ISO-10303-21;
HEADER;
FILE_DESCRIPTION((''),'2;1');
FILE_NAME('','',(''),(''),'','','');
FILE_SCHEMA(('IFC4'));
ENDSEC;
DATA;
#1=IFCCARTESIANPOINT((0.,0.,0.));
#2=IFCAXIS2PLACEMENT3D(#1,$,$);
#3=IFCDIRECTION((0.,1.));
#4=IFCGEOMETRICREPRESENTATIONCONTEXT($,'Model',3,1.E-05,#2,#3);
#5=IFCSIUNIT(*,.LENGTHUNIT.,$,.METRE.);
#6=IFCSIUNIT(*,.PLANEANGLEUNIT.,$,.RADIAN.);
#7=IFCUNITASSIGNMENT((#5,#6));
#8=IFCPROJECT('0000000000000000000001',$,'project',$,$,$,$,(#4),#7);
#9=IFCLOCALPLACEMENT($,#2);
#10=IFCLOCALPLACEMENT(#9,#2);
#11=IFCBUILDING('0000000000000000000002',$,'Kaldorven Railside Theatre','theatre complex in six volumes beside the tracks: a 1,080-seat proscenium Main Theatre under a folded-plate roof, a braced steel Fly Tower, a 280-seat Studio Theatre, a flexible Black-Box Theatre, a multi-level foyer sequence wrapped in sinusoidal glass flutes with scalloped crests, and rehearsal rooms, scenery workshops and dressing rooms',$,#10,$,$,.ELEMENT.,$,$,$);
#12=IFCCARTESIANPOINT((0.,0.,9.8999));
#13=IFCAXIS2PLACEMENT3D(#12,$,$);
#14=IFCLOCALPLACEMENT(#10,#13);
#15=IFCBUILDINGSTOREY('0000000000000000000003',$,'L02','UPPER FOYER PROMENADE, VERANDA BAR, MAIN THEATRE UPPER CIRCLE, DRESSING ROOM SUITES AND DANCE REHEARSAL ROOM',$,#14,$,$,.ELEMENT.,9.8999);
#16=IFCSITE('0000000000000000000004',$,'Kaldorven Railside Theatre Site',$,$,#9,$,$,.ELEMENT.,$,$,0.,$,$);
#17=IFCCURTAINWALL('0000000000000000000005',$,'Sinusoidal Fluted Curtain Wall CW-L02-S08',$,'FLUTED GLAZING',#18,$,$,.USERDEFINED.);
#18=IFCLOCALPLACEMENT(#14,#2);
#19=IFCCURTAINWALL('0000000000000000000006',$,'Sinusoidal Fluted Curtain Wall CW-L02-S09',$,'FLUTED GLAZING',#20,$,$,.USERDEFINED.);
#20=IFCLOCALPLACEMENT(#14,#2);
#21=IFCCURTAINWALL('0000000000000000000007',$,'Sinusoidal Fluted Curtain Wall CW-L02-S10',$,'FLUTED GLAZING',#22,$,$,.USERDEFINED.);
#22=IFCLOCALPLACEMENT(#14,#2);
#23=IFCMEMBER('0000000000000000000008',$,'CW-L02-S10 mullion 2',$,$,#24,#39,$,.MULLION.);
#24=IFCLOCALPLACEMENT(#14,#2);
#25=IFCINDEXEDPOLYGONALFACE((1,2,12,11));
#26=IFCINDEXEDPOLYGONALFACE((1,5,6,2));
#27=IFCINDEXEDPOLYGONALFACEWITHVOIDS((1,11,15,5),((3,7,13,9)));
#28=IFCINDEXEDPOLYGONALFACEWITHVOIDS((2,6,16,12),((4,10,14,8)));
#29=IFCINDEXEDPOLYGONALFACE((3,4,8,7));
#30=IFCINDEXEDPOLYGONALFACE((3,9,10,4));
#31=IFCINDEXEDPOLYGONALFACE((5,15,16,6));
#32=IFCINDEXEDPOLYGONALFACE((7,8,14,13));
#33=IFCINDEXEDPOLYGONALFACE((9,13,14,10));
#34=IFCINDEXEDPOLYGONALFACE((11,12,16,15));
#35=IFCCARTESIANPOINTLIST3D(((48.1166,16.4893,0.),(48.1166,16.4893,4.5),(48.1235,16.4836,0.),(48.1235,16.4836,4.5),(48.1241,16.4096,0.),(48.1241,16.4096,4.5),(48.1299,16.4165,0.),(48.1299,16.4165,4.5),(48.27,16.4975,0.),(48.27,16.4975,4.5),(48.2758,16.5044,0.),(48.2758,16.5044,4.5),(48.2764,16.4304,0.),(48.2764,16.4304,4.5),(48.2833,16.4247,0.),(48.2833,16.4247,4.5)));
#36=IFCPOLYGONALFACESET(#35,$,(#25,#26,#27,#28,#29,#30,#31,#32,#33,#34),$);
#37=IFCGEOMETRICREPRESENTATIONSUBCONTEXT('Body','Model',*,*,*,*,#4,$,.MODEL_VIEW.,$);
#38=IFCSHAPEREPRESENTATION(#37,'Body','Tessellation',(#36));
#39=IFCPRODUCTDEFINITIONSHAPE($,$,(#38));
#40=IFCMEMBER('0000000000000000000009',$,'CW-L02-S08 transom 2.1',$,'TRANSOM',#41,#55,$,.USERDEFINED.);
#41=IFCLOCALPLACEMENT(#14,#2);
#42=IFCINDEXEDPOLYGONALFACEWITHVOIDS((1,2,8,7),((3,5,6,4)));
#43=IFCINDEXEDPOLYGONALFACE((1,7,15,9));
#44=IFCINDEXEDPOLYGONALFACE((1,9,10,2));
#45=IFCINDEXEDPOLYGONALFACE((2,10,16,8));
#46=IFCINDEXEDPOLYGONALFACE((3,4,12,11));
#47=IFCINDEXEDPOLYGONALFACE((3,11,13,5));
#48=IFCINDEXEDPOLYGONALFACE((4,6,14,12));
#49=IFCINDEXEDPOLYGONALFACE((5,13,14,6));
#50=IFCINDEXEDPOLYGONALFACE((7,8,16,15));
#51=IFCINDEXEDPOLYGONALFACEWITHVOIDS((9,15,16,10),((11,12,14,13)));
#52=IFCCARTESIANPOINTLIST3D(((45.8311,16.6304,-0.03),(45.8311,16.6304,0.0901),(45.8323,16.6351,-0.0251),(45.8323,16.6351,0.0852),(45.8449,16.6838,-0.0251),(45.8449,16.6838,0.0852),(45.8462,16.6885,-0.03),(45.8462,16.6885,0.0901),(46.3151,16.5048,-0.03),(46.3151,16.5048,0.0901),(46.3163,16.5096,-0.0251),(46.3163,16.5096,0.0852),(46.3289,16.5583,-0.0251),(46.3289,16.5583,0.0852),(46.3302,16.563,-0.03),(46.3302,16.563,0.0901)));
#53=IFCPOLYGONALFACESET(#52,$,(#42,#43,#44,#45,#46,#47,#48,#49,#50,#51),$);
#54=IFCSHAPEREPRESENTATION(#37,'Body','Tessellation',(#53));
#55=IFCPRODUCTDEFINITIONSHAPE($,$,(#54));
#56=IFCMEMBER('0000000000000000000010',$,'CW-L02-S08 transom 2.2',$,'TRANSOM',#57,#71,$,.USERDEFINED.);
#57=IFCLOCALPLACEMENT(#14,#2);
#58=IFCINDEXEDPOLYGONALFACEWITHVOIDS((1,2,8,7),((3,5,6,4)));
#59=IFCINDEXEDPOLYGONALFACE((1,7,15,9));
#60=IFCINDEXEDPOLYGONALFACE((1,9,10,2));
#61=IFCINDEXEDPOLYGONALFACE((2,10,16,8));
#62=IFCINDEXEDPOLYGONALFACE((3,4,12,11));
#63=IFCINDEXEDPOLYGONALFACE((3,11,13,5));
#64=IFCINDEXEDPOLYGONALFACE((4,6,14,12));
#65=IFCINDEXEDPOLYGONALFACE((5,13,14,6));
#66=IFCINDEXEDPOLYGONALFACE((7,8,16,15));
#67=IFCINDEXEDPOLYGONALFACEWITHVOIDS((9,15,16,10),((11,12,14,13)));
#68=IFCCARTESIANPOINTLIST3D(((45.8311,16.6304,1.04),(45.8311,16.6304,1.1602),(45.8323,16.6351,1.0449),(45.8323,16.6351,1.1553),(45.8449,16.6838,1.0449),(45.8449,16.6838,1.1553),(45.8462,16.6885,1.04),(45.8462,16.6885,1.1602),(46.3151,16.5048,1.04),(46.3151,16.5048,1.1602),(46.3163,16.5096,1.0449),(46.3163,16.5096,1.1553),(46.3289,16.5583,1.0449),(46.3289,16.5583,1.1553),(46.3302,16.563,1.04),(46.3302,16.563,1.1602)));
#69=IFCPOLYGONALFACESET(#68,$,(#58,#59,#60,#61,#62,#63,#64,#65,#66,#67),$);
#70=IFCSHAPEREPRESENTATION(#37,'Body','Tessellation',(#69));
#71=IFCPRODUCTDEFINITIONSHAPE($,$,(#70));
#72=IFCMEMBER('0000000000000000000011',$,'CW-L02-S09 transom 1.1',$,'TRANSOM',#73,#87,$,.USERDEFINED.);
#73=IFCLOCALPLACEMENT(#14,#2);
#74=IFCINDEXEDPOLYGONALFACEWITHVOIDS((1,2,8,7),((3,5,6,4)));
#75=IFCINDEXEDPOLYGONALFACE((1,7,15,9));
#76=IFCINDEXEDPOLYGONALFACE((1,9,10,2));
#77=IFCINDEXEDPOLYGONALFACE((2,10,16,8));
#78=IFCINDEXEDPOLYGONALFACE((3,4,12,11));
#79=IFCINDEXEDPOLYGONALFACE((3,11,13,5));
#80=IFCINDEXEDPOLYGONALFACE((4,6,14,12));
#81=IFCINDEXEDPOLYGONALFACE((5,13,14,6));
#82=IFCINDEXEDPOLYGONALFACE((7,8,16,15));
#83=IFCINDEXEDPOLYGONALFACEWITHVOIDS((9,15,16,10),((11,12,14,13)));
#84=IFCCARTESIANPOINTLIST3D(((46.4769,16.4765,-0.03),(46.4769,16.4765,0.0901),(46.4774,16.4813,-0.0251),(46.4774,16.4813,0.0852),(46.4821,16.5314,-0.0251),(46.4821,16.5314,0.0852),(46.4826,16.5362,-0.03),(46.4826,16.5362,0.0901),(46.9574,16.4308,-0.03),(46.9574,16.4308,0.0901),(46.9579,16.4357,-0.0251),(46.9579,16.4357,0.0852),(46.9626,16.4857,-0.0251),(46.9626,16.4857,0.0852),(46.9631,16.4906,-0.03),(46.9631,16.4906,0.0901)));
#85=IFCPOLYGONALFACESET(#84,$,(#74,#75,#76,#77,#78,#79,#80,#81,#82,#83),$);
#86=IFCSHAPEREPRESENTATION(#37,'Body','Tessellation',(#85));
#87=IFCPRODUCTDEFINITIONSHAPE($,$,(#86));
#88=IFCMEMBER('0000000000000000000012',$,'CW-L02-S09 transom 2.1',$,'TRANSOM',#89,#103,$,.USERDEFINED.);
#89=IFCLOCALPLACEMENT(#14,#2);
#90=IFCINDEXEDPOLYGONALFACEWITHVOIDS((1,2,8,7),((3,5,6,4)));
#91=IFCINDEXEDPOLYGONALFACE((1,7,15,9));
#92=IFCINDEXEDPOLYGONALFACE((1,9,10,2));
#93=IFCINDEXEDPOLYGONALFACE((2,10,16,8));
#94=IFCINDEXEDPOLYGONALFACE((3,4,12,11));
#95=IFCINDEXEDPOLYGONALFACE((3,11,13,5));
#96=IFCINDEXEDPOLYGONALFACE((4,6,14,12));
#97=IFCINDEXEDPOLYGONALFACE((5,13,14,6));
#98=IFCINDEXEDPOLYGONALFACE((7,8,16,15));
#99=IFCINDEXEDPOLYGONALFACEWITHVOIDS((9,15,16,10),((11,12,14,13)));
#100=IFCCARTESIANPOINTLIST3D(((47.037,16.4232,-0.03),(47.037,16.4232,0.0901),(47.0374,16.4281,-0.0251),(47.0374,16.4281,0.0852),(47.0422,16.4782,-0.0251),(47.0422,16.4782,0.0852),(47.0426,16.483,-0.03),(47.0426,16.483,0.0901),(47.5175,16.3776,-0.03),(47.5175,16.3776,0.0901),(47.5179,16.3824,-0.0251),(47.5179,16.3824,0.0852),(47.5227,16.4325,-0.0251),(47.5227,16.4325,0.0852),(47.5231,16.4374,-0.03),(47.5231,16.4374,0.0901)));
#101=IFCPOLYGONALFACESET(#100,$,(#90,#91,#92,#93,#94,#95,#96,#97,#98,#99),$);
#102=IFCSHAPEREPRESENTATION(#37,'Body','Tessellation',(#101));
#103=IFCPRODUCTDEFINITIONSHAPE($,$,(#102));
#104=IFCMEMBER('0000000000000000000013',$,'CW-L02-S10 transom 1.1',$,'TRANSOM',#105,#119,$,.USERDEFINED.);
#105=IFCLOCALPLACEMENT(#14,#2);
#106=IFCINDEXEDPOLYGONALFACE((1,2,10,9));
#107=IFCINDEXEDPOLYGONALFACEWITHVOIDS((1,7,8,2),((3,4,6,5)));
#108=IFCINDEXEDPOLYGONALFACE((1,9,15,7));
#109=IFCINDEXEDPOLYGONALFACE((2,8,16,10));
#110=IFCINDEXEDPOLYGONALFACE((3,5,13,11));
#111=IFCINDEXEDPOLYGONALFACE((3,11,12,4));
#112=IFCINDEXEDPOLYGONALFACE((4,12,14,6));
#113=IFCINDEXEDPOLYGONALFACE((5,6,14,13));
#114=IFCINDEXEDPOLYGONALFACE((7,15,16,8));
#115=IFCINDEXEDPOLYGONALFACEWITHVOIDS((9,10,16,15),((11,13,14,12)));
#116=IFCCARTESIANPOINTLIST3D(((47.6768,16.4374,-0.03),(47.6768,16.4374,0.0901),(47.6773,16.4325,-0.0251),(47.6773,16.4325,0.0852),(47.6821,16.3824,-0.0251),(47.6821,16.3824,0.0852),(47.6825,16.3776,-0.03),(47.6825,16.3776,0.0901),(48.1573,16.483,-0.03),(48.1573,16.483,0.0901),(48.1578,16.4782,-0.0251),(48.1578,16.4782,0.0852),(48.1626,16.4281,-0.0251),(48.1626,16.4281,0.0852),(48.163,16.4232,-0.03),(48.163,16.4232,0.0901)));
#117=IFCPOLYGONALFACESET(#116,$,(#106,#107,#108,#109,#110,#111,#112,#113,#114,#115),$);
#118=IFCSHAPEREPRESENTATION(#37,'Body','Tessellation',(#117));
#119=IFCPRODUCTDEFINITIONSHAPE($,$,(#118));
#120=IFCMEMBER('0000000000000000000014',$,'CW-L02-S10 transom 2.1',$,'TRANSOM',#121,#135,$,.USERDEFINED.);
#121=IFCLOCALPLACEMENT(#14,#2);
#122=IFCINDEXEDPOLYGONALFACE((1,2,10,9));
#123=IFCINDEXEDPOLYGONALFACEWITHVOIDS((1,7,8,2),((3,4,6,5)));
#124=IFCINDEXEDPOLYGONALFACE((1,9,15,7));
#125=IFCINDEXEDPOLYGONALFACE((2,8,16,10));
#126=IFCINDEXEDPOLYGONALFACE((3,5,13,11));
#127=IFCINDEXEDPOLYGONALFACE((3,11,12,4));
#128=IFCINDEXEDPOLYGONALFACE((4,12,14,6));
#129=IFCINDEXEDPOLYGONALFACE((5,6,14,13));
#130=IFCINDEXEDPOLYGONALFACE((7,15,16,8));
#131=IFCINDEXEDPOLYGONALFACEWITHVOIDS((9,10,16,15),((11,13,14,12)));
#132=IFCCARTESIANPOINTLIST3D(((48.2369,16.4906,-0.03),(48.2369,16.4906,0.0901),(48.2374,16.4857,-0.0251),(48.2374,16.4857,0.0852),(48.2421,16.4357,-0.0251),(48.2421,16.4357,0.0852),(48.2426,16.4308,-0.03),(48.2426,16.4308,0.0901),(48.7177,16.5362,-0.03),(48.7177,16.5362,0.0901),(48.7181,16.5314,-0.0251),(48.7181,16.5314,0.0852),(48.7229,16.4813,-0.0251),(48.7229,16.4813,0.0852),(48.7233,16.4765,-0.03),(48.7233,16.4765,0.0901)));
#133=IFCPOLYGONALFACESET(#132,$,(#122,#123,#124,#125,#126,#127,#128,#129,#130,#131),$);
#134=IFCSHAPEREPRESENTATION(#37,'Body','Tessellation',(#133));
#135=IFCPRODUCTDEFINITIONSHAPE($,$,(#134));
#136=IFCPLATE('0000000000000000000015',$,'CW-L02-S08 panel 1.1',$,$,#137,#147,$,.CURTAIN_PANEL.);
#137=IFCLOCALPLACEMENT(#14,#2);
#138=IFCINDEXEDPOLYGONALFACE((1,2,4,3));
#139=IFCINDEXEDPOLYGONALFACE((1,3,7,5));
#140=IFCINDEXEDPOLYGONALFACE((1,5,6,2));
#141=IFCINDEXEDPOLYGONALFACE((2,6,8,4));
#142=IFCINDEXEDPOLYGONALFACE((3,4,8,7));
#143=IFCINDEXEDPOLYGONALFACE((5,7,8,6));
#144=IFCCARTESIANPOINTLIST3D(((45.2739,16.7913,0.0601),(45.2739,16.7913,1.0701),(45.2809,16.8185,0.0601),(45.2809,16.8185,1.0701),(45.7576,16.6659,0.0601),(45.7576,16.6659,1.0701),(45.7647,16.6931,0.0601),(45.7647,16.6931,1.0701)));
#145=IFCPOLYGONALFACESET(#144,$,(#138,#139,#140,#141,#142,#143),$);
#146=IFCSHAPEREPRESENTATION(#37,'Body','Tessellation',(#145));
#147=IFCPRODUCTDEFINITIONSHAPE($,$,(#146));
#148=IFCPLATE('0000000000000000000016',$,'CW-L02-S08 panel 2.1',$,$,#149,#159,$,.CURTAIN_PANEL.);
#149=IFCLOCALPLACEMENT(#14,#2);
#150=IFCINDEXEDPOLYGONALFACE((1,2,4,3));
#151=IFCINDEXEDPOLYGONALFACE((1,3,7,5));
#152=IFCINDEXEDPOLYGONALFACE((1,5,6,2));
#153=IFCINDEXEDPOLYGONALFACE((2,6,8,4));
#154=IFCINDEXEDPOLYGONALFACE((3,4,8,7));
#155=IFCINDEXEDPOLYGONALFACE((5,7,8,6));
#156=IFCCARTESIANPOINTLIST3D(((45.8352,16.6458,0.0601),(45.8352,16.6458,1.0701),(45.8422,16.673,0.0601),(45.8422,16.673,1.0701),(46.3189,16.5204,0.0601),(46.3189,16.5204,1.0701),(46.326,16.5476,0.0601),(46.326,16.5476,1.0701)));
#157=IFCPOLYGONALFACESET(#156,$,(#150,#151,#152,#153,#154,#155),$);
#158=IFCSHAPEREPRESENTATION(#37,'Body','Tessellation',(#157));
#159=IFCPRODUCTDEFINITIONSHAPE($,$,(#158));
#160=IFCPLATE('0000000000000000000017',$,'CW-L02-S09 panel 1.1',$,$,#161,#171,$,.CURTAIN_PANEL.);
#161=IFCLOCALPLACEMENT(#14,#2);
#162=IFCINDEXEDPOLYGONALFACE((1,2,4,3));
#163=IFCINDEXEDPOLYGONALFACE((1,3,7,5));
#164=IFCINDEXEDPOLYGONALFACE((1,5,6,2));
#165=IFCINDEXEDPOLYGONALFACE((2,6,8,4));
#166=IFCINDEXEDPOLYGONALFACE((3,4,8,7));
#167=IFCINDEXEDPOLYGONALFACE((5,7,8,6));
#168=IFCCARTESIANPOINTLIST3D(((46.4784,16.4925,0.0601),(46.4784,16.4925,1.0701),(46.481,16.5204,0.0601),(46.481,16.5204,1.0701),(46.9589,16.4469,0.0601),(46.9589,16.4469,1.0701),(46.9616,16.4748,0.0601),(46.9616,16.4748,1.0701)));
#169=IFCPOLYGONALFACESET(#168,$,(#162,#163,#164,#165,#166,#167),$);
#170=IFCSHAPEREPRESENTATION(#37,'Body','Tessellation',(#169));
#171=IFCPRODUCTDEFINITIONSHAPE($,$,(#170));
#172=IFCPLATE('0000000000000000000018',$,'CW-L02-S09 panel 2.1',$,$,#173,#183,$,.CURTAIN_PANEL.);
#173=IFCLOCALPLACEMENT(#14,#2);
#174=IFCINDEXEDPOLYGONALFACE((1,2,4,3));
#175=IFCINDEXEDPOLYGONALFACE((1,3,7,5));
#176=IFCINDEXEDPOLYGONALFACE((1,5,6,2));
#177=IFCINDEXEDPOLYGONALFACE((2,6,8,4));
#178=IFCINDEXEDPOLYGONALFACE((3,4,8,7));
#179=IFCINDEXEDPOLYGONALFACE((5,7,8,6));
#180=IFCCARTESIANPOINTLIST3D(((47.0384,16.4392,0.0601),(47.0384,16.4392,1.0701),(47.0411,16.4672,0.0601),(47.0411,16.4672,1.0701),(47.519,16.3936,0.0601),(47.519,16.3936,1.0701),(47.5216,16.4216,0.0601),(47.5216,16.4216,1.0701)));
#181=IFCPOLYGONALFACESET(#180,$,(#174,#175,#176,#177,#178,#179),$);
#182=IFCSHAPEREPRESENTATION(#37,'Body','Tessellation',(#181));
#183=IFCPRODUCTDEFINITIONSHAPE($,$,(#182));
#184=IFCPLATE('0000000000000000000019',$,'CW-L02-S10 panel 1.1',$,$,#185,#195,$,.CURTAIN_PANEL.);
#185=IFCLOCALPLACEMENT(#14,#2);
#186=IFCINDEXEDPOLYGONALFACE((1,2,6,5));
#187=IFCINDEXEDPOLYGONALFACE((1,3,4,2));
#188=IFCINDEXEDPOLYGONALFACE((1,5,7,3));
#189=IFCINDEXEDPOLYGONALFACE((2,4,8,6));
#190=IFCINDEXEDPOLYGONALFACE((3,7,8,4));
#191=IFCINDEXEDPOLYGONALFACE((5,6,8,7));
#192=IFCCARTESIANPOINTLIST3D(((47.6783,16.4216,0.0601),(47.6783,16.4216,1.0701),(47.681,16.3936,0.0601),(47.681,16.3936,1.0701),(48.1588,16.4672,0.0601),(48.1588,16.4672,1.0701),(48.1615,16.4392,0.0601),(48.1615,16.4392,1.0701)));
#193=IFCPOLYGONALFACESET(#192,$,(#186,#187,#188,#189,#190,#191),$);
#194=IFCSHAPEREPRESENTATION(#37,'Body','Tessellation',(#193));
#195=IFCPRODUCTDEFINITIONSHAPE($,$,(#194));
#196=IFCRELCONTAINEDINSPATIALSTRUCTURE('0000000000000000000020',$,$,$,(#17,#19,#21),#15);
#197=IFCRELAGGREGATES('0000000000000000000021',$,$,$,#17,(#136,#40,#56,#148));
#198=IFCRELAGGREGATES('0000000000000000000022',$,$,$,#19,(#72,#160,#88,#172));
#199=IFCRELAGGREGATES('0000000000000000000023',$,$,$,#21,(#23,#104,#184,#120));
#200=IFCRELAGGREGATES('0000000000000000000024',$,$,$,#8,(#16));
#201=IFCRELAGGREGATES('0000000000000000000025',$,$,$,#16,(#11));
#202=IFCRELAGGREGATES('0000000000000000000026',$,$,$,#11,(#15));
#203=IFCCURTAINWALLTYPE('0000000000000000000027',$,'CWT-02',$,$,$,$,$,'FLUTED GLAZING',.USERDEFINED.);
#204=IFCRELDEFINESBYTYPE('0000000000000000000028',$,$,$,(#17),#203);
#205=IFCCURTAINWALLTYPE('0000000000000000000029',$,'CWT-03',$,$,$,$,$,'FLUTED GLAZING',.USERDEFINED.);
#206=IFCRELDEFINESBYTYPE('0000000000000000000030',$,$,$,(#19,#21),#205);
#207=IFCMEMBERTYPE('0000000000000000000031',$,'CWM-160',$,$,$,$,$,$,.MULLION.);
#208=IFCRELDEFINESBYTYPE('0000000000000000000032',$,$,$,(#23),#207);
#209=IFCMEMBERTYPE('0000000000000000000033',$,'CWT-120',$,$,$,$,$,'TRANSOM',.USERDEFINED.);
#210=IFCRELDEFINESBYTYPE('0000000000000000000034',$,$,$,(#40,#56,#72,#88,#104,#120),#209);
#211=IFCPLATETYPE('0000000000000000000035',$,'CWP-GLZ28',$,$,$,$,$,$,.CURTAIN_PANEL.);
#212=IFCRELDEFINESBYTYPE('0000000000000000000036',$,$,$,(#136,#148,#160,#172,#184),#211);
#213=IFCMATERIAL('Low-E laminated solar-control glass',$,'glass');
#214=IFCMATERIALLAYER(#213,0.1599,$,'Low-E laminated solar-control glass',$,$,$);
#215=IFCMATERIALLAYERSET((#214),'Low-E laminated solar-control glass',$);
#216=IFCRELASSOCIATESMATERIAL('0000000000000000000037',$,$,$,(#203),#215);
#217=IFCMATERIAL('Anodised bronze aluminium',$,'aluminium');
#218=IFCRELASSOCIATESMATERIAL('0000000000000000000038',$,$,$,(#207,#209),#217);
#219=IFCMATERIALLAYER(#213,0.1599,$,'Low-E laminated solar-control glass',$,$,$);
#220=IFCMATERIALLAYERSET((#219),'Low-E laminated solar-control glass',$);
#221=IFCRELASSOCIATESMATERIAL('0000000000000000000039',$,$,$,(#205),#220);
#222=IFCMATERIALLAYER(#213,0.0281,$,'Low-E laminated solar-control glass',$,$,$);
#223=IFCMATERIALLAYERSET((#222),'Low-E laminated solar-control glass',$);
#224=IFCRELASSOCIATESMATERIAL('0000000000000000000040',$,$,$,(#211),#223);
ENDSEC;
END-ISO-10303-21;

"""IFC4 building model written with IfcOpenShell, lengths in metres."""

from ifc_helpers import new_model, si_unit, direction, frame, origin, origin_2d, place, context, subcontext, project, spatial, rectangle, hollow_rectangle, extrude, material, layer, layer_set, material_profile, profile_set, type_object, element, aggregate, save


model = new_model("IFC4")

# Units and contexts
model_context = context("Model", 3, precision=1e-05, world=origin(), true_north=direction((0.0, 1.0)))
body_context = subcontext(model_context, "Body", "Model", "MODEL_VIEW")
ifc_project = project(units=[si_unit("LENGTHUNIT", "METRE"), si_unit("PLANEANGLEUNIT", "RADIAN")], contexts=[model_context])

# Site, building, storey
site_placement = place(None, origin())
site = spatial("IfcSite", under=ifc_project, at=site_placement, Name="Kaldorven Railside Theatre Site", CompositionType="ELEMENT", RefElevation=0.0)
building_placement = place(site_placement, origin())
building = spatial("IfcBuilding", under=site, at=building_placement, Name="Kaldorven Railside Theatre", Description="theatre complex in six volumes beside the tracks: a 1,080-seat proscenium Main Theatre under a folded-plate roof, a braced steel Fly Tower, a 280-seat Studio Theatre, a flexible Black-Box Theatre, a multi-level foyer sequence wrapped in sinusoidal glass flutes with scalloped crests, and rehearsal rooms, scenery workshops and dressing rooms", CompositionType="ELEMENT")
storey_placement = place(building_placement, frame((0.0, 0.0, 9.8999)))
storey = spatial("IfcBuildingStorey", under=building, at=storey_placement, Name="L02", Description="UPPER FOYER PROMENADE, VERANDA BAR, MAIN THEATRE UPPER CIRCLE, DRESSING ROOM SUITES AND DANCE REHEARSAL ROOM", CompositionType="ELEMENT", Elevation=9.8999)

# Curtain walls, member
ifc_material_1 = material(Name="Low-E laminated solar-control glass", Category="glass")
ifc_layer_1 = layer(ifc_material_1, 0.1599, Name="Low-E laminated solar-control glass")
ifc_layer_set_1 = layer_set([ifc_layer_1], Name="Low-E laminated solar-control glass")
curtain_wall_type_1 = type_object("IfcCurtainWallType", Name="CWT-02", ElementType="FLUTED GLAZING", PredefinedType="USERDEFINED", material=ifc_layer_set_1)
curtain_wall_1_placement = place(storey_placement, origin())
curtain_wall_1 = element("IfcCurtainWall", 1, at=curtain_wall_1_placement, inside=storey, type_object=curtain_wall_type_1, Name="Sinusoidal Fluted Curtain Wall CW-L02-S08", ObjectType="FLUTED GLAZING", PredefinedType="USERDEFINED")
ifc_material_2 = material(Name="Anodised bronze aluminium", Category="aluminium")
ifc_material_profile_1 = material_profile(ifc_material_2, hollow_rectangle(XDim=0.0801, YDim=0.1599, WallThickness=0.0063, at=origin_2d()), Name="RHS 160x80x6.3")
ifc_profile_set_1 = profile_set([ifc_material_profile_1], Name="Anodised bronze aluminium")
member_type_1 = type_object("IfcMemberType", Name="CWM-160", PredefinedType="MULLION", material=ifc_profile_set_1)
ifc_layer_2 = layer(ifc_material_1, 0.1599, Name="Low-E laminated solar-control glass")
ifc_layer_set_2 = layer_set([ifc_layer_2], Name="Low-E laminated solar-control glass")
curtain_wall_type_2 = type_object("IfcCurtainWallType", Name="CWT-03", ElementType="FLUTED GLAZING", PredefinedType="USERDEFINED", material=ifc_layer_set_2)
curtain_wall_2_placement = place(storey_placement, origin())
curtain_wall_2 = element("IfcCurtainWall", 2, at=curtain_wall_2_placement, inside=storey, type_object=curtain_wall_type_2, Name="Sinusoidal Fluted Curtain Wall CW-L02-S09", ObjectType="FLUTED GLAZING", PredefinedType="USERDEFINED")
curtain_wall_3_placement = place(storey_placement, origin())
curtain_wall_3 = element("IfcCurtainWall", 3, at=curtain_wall_3_placement, inside=storey, type_object=curtain_wall_type_2, Name="Sinusoidal Fluted Curtain Wall CW-L02-S10", ObjectType="FLUTED GLAZING", PredefinedType="USERDEFINED")
member_1_placement = place(storey_placement, frame((48.2, 16.457, 0.0), z_axis=(0.0, 0.0, 1.0), x_axis=(-0.094492, 0.995526, 0.0)))
member_1 = element("IfcMember", 4, at=member_1_placement, type_object=member_type_1, Name="CW-L02-S10 mullion 2", PredefinedType="MULLION", context=body_context, shape_type="SweptSolid", body=[
    extrude(hollow_rectangle(XDim=0.0801, YDim=0.1599, WallThickness=0.0063, at=origin_2d()), origin(), (0.0, 0.0, 1.0), 4.5),
])

# Members
ifc_material_profile_2 = material_profile(ifc_material_2, hollow_rectangle(XDim=0.0601, YDim=0.1201, WallThickness=0.0049, at=origin_2d()), Name="RHS 120x60x5")
ifc_profile_set_2 = profile_set([ifc_material_profile_2], Name="Anodised bronze aluminium")
member_type_2 = type_object("IfcMemberType", Name="CWT-120", ElementType="TRANSOM", PredefinedType="USERDEFINED", material=ifc_profile_set_2)
member_2_placement = place(storey_placement, frame((45.8386, 16.6594, 0.03), z_axis=(0.967979, -0.25103, 0.0), x_axis=(0.25103, 0.967979, 0.0)))
member_2 = element("IfcMember", 5, at=member_2_placement, type_object=member_type_2, Name="CW-L02-S08 transom 2.1", ObjectType="TRANSOM", PredefinedType="USERDEFINED", context=body_context, shape_type="SweptSolid", body=[
    extrude(hollow_rectangle(XDim=0.0601, YDim=0.1201, WallThickness=0.0049, at=origin_2d()), origin(), (0.0, 0.0, 1.0), 0.5),
])
member_3_placement = place(storey_placement, frame((45.8386, 16.6594, 1.1001), z_axis=(0.967979, -0.25103, 0.0), x_axis=(0.25103, 0.967979, 0.0)))
member_3 = element("IfcMember", 6, at=member_3_placement, type_object=member_type_2, Name="CW-L02-S08 transom 2.2", ObjectType="TRANSOM", PredefinedType="USERDEFINED", context=body_context, shape_type="SweptSolid", body=[
    extrude(hollow_rectangle(XDim=0.0601, YDim=0.1201, WallThickness=0.0049, at=origin_2d()), origin(), (0.0, 0.0, 1.0), 0.5),
])
member_4_placement = place(storey_placement, frame((46.4797, 16.5063, 0.03), z_axis=(0.995516, -0.094594, 0.0), x_axis=(0.094594, 0.995516, 0.0)))
member_4 = element("IfcMember", 7, at=member_4_placement, type_object=member_type_2, Name="CW-L02-S09 transom 1.1", ObjectType="TRANSOM", PredefinedType="USERDEFINED", context=body_context, shape_type="SweptSolid", body=[
    extrude(hollow_rectangle(XDim=0.0601, YDim=0.1201, WallThickness=0.0049, at=origin_2d()), origin(), (0.0, 0.0, 1.0), 0.4827),
])
member_5_placement = place(storey_placement, frame((47.0398, 16.4531, 0.03), z_axis=(0.995516, -0.094594, 0.0), x_axis=(0.094594, 0.995516, 0.0)))
member_5 = element("IfcMember", 8, at=member_5_placement, type_object=member_type_2, Name="CW-L02-S09 transom 2.1", ObjectType="TRANSOM", PredefinedType="USERDEFINED", context=body_context, shape_type="SweptSolid", body=[
    extrude(hollow_rectangle(XDim=0.0601, YDim=0.1201, WallThickness=0.0049, at=origin_2d()), origin(), (0.0, 0.0, 1.0), 0.4827),
])
member_6_placement = place(storey_placement, frame((47.6797, 16.4075, 0.03), z_axis=(0.995516, 0.094594, 0.0), x_axis=(-0.094594, 0.995516, 0.0)))
member_6 = element("IfcMember", 9, at=member_6_placement, type_object=member_type_2, Name="CW-L02-S10 transom 1.1", ObjectType="TRANSOM", PredefinedType="USERDEFINED", context=body_context, shape_type="SweptSolid", body=[
    extrude(hollow_rectangle(XDim=0.0601, YDim=0.1201, WallThickness=0.0049, at=origin_2d()), origin(), (0.0, 0.0, 1.0), 0.4827),
])
member_7_placement = place(storey_placement, frame((48.2397, 16.4607, 0.03), z_axis=(0.99552, 0.094547, 0.0), x_axis=(-0.094547, 0.99552, 0.0)))
member_7 = element("IfcMember", 10, at=member_7_placement, type_object=member_type_2, Name="CW-L02-S10 transom 2.1", ObjectType="TRANSOM", PredefinedType="USERDEFINED", context=body_context, shape_type="SweptSolid", body=[
    extrude(hollow_rectangle(XDim=0.0601, YDim=0.1201, WallThickness=0.0049, at=origin_2d()), origin(), (0.0, 0.0, 1.0), 0.4829),
])

# Plates
ifc_layer_3 = layer(ifc_material_1, 0.0281, Name="Low-E laminated solar-control glass")
ifc_layer_set_3 = layer_set([ifc_layer_3], Name="Low-E laminated solar-control glass")
plate_type = type_object("IfcPlateType", Name="CWP-GLZ28", PredefinedType="CURTAIN_PANEL", material=ifc_layer_set_3)
plate_1_placement = place(storey_placement, frame((45.5193, 16.7422, 0.0601), z_axis=(0.0, 0.0, 1.0), x_axis=(0.967999, -0.250954, 0.0)))
plate_1 = element("IfcPlate", 11, at=plate_1_placement, type_object=plate_type, Name="CW-L02-S08 panel 1.1", PredefinedType="CURTAIN_PANEL", context=body_context, shape_type="SweptSolid", body=[
    extrude(rectangle(XDim=0.4998, YDim=0.0281, at=origin_2d()), origin(), (0.0, 0.0, 1.0), 1.01),
])
plate_2_placement = place(storey_placement, frame((46.0806, 16.5967, 0.0601), z_axis=(0.0, 0.0, 1.0), x_axis=(0.967999, -0.250954, 0.0)))
plate_2 = element("IfcPlate", 12, at=plate_2_placement, type_object=plate_type, Name="CW-L02-S08 panel 2.1", PredefinedType="CURTAIN_PANEL", context=body_context, shape_type="SweptSolid", body=[
    extrude(rectangle(XDim=0.4998, YDim=0.0281, at=origin_2d()), origin(), (0.0, 0.0, 1.0), 1.01),
])
aggregate(curtain_wall_1, [plate_1, member_2, member_3, plate_2])
plate_3_placement = place(storey_placement, frame((46.72, 16.4836, 0.0601), z_axis=(0.0, 0.0, 1.0), x_axis=(0.995526, -0.094492, 0.0)))
plate_3 = element("IfcPlate", 13, at=plate_3_placement, type_object=plate_type, Name="CW-L02-S09 panel 1.1", PredefinedType="CURTAIN_PANEL", context=body_context, shape_type="SweptSolid", body=[
    extrude(rectangle(XDim=0.4827, YDim=0.0281, at=origin_2d()), origin(), (0.0, 0.0, 1.0), 1.01),
])
plate_4_placement = place(storey_placement, frame((47.28, 16.4304, 0.0601), z_axis=(0.0, 0.0, 1.0), x_axis=(0.995526, -0.094492, 0.0)))
plate_4 = element("IfcPlate", 14, at=plate_4_placement, type_object=plate_type, Name="CW-L02-S09 panel 2.1", PredefinedType="CURTAIN_PANEL", context=body_context, shape_type="SweptSolid", body=[
    extrude(rectangle(XDim=0.4827, YDim=0.0281, at=origin_2d()), origin(), (0.0, 0.0, 1.0), 1.01),
])
aggregate(curtain_wall_2, [member_4, plate_3, member_5, plate_4])
plate_5_placement = place(storey_placement, frame((47.9199, 16.4304, 0.0601), z_axis=(0.0, 0.0, 1.0), x_axis=(0.995526, 0.094492, 0.0)))
plate_5 = element("IfcPlate", 15, at=plate_5_placement, type_object=plate_type, Name="CW-L02-S10 panel 1.1", PredefinedType="CURTAIN_PANEL", context=body_context, shape_type="SweptSolid", body=[
    extrude(rectangle(XDim=0.4827, YDim=0.0281, at=origin_2d()), origin(), (0.0, 0.0, 1.0), 1.01),
])
aggregate(curtain_wall_3, [member_1, member_6, plate_5, member_7])

save(model, "model.ifc")
